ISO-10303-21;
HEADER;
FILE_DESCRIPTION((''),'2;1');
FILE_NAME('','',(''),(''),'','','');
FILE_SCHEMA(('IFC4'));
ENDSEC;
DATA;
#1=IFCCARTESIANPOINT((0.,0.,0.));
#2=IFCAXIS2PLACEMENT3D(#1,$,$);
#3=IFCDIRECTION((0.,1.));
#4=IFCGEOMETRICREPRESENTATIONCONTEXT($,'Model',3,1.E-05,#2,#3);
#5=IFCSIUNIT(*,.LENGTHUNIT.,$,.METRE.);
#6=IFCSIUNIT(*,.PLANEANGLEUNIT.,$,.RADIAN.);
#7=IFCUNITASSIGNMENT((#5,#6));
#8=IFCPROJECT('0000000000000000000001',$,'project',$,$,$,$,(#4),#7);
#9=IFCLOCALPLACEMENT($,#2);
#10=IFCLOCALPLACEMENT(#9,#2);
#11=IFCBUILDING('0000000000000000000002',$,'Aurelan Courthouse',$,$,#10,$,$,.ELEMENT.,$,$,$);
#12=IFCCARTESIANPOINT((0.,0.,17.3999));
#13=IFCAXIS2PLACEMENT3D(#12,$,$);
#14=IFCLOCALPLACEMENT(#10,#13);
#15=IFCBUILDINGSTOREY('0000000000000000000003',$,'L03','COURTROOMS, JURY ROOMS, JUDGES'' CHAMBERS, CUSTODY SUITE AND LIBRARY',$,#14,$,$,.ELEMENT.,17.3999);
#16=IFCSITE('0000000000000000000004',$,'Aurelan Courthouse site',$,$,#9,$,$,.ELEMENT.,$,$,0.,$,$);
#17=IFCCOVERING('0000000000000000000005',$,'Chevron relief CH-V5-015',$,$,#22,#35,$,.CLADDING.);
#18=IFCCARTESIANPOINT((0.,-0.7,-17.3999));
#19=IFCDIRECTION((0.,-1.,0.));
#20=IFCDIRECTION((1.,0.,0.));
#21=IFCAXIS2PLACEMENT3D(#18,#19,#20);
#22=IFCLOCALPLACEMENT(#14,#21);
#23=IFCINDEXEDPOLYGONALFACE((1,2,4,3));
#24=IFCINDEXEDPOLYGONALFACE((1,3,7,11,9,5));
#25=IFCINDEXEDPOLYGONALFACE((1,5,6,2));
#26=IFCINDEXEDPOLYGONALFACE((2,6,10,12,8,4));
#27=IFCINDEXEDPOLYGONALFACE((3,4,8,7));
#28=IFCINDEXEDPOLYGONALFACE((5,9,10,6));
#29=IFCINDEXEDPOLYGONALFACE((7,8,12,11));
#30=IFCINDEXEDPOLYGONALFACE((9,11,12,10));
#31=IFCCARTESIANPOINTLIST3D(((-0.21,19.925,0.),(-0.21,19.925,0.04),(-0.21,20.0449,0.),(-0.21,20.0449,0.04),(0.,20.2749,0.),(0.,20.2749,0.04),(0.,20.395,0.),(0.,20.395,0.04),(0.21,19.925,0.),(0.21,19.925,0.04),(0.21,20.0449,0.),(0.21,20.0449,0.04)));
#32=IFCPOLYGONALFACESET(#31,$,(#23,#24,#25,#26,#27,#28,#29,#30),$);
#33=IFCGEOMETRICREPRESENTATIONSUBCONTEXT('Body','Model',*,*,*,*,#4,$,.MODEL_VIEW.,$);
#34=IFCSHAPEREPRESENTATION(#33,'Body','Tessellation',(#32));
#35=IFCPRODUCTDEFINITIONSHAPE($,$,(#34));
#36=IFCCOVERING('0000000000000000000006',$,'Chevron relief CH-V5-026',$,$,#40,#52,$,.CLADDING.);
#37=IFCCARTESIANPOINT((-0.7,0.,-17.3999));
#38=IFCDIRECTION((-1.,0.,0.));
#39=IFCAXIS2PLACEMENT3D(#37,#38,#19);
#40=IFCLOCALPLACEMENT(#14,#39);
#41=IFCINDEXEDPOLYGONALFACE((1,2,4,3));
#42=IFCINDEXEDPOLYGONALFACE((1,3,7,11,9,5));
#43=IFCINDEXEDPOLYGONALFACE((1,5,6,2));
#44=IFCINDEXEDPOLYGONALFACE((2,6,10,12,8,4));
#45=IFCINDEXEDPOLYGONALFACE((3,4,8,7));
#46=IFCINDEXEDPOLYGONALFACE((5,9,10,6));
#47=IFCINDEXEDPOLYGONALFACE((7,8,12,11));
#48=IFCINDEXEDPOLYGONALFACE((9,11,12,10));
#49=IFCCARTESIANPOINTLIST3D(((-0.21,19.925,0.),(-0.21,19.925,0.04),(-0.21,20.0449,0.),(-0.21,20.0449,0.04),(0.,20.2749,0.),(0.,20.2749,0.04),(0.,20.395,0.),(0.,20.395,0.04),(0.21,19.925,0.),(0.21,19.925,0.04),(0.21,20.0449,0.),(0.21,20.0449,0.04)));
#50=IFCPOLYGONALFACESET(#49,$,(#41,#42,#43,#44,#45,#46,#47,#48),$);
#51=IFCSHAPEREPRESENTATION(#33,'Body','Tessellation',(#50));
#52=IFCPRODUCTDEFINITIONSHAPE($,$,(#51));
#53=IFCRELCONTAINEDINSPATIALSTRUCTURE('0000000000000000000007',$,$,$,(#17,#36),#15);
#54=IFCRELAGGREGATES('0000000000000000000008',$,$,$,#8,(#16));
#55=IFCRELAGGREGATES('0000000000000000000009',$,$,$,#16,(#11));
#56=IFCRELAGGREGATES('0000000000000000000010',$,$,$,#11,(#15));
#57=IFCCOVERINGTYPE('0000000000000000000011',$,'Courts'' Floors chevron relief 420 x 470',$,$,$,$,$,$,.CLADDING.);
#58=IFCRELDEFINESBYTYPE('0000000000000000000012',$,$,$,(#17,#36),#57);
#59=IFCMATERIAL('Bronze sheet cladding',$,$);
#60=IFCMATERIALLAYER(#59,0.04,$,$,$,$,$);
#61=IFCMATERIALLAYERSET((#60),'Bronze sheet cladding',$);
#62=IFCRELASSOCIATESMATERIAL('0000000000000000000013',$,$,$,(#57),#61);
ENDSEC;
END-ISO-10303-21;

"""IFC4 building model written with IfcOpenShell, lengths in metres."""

from ifc_helpers import new_model, si_unit, direction, frame, origin, place, context, subcontext, project, spatial, polyline, outline, extrude, material, layer, layer_set, type_object, element, save


model = new_model("IFC4")

# Units and contexts
model_context = context("Model", 3, precision=1e-05, world=origin(), true_north=direction((0.0, 1.0)))
body_context = subcontext(model_context, "Body", "Model", "MODEL_VIEW")
ifc_project = project(units=[si_unit("LENGTHUNIT", "METRE"), si_unit("PLANEANGLEUNIT", "RADIAN")], contexts=[model_context])

# Site, building, storey
site_placement = place(None, origin())
site = spatial("IfcSite", under=ifc_project, at=site_placement, Name="Aurelan Courthouse site", CompositionType="ELEMENT", RefElevation=0.0)
building_placement = place(site_placement, origin())
building = spatial("IfcBuilding", under=site, at=building_placement, Name="Aurelan Courthouse", CompositionType="ELEMENT")
storey_placement = place(building_placement, frame((0.0, 0.0, 17.3999)))
storey = spatial("IfcBuildingStorey", under=building, at=storey_placement, Name="L03", Description="COURTROOMS, JURY ROOMS, JUDGES' CHAMBERS, CUSTODY SUITE AND LIBRARY", CompositionType="ELEMENT", Elevation=17.3999)

# Coverings
ifc_material_1 = material(Name="Bronze sheet cladding")
ifc_layer_1 = layer(ifc_material_1, 0.04)
ifc_layer_set_1 = layer_set([ifc_layer_1], Name="Bronze sheet cladding")
covering_type = type_object("IfcCoveringType", Name="Courts' Floors chevron relief 420 x 470", PredefinedType="CLADDING", material=ifc_layer_set_1)
for number, where, z_axis, x_axis, name in (
    (1, (0.0, -0.7, -17.3999), (0.0, -1.0, 0.0), (1.0, 0.0, 0.0), "Chevron relief CH-V5-015"),
    (2, (-0.7, 0.0, -17.3999), (-1.0, 0.0, 0.0), (0.0, -1.0, 0.0), "Chevron relief CH-V5-026"),
):
    element("IfcCovering", number, at=place(storey_placement, frame(where, z_axis=z_axis, x_axis=x_axis)), inside=storey, type_object=covering_type, Name=name, PredefinedType="CLADDING", context=body_context, shape_type="SweptSolid", body=[
        extrude(outline(polyline([(-0.21, 19.925), (0.0, 20.2749), (0.21, 19.925), (0.21, 20.0449), (0.0, 20.395), (-0.21, 20.0449), (-0.21, 19.925)])), origin(), (0.0, 0.0, 1.0), 0.04),
    ])

save(model, "model.ifc")
